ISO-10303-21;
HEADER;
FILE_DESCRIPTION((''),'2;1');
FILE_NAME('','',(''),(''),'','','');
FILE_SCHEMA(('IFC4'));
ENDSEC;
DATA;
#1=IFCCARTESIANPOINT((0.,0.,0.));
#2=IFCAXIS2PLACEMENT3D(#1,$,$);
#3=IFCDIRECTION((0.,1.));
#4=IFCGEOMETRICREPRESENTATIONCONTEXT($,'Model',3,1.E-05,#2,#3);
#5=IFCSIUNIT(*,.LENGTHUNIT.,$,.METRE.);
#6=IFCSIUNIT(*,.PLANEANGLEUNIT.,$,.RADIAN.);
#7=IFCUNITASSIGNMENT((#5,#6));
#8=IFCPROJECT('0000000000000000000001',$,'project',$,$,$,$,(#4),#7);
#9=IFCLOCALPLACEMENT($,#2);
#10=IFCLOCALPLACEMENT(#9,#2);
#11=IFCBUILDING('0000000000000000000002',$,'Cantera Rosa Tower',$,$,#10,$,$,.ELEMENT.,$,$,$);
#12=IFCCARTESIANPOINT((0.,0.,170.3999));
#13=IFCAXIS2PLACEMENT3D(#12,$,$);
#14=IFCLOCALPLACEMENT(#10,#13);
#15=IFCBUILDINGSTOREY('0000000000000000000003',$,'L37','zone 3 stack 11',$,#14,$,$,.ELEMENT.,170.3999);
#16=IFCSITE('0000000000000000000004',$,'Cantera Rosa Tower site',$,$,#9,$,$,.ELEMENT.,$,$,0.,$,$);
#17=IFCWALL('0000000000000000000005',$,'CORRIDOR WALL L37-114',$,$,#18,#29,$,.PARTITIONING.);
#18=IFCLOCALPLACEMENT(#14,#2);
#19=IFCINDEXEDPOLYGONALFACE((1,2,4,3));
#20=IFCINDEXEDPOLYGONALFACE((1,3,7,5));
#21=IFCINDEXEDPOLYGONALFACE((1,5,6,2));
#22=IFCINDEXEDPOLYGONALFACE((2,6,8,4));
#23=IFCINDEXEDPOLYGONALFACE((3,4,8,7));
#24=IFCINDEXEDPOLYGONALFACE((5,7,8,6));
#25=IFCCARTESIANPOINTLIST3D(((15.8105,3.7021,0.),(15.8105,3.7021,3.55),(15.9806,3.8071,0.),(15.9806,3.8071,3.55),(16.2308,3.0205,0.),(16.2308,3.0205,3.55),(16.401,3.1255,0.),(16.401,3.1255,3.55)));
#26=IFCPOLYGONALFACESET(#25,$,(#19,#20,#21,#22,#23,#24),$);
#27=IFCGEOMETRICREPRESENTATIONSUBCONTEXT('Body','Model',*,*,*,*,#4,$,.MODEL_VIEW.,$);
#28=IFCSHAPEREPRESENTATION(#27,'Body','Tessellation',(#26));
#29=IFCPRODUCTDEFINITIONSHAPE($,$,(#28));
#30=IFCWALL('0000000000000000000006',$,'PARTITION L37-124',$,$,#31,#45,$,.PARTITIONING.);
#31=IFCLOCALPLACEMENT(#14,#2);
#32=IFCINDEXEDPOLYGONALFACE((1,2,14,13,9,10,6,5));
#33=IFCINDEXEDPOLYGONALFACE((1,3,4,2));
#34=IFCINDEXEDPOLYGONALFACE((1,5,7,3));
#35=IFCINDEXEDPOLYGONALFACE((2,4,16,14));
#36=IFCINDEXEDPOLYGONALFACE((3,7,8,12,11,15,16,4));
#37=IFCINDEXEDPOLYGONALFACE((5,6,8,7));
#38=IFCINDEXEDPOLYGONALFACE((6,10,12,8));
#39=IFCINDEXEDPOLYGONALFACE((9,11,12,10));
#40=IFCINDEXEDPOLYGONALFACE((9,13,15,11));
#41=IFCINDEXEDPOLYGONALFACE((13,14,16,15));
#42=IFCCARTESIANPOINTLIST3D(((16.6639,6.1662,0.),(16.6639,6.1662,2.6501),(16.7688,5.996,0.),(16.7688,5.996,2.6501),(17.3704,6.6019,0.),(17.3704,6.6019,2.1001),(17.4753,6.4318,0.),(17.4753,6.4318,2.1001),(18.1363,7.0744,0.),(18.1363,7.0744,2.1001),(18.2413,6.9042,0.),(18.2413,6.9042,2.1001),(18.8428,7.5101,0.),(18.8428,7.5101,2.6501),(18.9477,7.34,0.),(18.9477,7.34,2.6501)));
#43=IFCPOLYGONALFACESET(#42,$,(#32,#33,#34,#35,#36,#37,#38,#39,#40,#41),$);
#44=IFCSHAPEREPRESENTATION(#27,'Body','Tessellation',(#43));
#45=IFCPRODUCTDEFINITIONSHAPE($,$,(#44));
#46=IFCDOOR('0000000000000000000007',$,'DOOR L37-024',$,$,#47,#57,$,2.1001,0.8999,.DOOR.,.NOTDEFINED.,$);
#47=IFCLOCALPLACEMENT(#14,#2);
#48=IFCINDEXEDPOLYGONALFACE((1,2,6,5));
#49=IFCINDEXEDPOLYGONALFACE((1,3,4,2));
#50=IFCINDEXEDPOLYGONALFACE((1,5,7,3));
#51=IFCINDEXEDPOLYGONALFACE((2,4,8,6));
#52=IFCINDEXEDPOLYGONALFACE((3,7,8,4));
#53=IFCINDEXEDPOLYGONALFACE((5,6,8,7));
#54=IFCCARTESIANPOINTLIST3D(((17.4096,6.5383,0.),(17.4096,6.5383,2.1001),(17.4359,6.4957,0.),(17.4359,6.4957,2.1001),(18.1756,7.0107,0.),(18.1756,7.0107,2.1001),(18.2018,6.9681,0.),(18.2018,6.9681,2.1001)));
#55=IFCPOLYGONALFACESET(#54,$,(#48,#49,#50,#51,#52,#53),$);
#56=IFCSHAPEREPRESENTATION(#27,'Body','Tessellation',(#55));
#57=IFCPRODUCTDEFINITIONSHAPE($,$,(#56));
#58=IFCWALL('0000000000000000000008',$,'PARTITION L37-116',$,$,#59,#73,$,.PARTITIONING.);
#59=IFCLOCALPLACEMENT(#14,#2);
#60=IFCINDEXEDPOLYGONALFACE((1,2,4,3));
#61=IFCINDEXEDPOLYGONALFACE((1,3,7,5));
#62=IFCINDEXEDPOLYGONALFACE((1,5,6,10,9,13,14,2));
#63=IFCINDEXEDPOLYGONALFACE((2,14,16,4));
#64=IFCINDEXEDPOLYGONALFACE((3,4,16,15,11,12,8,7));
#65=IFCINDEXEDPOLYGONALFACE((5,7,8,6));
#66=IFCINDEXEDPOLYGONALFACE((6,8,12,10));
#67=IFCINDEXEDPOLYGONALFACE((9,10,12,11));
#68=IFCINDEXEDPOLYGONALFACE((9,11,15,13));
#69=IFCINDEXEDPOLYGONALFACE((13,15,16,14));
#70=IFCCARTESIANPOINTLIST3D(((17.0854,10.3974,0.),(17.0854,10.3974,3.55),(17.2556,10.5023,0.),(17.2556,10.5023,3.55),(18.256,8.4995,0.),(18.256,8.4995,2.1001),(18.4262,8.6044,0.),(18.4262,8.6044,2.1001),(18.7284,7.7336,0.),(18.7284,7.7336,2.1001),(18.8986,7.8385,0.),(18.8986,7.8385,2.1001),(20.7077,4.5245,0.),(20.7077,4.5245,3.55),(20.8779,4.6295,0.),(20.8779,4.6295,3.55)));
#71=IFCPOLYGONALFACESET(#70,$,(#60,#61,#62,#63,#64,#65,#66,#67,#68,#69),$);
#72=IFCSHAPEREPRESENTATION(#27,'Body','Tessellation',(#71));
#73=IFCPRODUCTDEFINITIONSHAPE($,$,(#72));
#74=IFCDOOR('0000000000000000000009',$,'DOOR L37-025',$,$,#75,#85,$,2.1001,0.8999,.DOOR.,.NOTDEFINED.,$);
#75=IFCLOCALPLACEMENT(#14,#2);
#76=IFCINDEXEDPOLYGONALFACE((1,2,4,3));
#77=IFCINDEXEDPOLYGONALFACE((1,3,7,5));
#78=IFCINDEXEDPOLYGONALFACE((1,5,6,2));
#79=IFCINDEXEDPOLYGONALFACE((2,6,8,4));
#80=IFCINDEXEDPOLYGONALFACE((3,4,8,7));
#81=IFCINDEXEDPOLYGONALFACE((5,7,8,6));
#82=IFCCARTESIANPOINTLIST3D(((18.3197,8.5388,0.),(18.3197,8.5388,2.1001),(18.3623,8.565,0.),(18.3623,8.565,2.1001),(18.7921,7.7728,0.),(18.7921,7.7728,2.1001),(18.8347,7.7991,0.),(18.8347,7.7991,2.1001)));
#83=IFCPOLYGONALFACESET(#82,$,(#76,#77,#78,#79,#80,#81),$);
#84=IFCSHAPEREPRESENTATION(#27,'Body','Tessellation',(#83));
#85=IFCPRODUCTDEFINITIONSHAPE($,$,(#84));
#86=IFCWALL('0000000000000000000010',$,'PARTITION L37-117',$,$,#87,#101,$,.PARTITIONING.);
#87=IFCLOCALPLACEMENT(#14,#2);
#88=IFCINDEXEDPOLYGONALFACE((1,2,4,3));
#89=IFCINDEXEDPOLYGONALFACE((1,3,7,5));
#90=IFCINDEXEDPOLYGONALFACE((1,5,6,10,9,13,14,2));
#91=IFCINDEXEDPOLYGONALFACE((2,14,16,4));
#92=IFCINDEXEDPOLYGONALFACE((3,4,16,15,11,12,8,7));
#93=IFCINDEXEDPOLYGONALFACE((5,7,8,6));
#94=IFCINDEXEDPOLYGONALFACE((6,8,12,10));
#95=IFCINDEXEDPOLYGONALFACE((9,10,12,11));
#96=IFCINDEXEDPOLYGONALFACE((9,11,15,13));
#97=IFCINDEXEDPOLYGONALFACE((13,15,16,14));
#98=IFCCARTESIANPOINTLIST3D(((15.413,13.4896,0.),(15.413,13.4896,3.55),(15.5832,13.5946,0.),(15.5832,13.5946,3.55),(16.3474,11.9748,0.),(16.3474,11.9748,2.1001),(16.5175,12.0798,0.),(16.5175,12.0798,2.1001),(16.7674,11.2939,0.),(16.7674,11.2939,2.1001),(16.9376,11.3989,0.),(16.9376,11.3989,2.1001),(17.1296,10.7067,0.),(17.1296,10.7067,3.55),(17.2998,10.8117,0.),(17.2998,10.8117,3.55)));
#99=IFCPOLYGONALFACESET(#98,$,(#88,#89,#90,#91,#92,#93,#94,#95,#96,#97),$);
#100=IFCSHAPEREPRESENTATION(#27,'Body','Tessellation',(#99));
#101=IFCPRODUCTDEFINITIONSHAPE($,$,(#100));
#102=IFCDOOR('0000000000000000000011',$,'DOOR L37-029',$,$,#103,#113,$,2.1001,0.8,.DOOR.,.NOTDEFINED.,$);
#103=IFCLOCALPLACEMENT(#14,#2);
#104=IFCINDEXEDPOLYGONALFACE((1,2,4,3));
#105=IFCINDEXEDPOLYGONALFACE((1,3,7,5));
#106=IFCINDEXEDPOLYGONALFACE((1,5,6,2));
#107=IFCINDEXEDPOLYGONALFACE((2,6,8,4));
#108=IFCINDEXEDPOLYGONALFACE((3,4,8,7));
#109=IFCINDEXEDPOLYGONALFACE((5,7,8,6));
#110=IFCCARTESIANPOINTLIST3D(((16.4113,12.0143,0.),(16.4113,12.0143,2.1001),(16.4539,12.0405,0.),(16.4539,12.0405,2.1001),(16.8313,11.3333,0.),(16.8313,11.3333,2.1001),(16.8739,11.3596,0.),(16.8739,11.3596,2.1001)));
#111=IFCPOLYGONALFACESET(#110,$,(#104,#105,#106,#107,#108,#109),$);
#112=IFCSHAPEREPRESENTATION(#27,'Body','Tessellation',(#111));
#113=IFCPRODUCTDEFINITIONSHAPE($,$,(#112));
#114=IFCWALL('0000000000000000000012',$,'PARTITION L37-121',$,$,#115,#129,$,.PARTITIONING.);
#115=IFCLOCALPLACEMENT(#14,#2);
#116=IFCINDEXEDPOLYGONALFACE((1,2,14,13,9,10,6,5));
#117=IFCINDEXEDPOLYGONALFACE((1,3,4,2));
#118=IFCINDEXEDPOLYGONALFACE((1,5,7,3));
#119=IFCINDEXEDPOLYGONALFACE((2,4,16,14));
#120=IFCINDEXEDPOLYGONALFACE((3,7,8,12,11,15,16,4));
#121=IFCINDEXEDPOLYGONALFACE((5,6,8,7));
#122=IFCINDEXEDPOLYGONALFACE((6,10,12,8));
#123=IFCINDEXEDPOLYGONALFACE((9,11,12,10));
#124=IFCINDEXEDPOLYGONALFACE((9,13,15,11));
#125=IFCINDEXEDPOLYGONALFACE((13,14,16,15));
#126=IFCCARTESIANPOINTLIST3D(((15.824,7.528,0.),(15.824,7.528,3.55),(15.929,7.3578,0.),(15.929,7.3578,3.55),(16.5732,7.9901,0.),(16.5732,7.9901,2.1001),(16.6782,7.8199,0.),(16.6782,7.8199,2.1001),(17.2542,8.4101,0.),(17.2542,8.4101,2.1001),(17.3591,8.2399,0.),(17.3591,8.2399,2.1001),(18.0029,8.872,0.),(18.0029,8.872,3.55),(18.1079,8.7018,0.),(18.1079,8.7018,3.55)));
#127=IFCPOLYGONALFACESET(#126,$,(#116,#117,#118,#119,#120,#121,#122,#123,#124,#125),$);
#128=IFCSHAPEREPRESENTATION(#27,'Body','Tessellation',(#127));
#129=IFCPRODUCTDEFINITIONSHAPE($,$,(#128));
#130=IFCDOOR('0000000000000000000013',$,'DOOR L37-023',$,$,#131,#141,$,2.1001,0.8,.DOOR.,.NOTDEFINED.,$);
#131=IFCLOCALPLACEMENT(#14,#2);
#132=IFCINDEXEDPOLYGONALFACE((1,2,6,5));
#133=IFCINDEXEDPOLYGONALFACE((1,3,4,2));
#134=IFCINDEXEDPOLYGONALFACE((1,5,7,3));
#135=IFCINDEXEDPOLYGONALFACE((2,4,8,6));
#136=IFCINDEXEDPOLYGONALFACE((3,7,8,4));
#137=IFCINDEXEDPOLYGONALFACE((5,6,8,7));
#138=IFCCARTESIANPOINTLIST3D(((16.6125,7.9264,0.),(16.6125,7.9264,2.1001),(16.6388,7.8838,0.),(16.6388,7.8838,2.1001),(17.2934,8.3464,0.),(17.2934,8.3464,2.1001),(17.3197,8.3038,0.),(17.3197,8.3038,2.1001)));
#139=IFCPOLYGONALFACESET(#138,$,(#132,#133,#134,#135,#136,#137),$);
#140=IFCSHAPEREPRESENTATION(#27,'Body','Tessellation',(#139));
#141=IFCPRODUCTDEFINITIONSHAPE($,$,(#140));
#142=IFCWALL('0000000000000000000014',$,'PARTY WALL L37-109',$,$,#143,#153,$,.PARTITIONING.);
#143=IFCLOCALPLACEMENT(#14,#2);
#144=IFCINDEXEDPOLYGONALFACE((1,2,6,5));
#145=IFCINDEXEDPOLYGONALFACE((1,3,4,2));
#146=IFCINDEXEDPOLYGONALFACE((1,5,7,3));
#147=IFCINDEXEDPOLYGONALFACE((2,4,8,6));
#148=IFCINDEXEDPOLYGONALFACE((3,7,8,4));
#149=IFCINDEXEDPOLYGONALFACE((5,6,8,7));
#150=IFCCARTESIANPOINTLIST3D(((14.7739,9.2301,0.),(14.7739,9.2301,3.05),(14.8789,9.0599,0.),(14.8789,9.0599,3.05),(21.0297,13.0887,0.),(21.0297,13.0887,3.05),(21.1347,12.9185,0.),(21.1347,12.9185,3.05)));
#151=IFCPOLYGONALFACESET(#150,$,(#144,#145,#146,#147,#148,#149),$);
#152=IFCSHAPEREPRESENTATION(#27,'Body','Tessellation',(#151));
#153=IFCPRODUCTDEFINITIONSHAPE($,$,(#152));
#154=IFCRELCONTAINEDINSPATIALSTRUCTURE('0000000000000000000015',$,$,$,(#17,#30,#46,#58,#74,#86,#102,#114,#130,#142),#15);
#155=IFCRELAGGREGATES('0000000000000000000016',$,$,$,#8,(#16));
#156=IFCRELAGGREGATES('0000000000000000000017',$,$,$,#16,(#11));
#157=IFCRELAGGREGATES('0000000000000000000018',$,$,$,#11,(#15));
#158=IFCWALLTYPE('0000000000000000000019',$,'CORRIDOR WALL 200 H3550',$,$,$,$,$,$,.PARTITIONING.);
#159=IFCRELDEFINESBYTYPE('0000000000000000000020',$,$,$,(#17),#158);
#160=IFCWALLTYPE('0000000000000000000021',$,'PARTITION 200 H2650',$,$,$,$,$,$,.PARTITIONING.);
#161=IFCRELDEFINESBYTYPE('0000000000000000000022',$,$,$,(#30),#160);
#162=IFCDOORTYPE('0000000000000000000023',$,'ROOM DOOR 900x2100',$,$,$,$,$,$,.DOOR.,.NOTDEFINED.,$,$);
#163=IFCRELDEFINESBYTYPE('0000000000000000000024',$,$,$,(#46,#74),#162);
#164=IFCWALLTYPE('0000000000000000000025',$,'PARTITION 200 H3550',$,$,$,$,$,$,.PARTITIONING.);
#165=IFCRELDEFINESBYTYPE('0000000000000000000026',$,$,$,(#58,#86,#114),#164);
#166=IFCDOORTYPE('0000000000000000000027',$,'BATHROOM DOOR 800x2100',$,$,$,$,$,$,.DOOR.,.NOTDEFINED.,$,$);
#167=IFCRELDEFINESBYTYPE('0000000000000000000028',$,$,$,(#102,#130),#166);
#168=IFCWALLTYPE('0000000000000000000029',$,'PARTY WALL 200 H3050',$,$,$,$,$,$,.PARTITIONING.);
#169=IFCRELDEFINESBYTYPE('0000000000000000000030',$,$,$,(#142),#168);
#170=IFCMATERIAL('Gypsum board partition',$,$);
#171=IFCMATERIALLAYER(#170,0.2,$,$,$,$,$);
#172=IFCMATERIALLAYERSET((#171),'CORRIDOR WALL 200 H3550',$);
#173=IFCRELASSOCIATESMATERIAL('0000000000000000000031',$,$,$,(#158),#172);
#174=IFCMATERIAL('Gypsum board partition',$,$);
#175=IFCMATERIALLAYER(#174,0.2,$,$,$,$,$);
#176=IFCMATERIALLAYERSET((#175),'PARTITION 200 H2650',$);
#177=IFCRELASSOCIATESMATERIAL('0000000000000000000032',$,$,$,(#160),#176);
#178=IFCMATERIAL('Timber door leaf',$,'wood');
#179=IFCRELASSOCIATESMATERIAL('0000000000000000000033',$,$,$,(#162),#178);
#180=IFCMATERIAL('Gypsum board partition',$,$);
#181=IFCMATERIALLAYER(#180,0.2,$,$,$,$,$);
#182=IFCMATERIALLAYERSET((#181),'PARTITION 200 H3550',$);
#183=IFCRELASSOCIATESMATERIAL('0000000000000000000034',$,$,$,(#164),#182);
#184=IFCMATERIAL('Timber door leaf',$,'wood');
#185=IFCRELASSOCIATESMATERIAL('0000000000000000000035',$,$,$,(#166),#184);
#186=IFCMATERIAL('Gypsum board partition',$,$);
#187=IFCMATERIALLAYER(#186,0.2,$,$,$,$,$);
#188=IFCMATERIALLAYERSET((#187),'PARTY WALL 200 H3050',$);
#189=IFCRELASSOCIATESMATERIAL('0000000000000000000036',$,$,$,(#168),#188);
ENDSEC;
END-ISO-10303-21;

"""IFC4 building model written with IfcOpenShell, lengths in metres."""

from ifc_helpers import new_model, si_unit, direction, frame, frame_2d, origin, place, context, subcontext, project, spatial, rectangle, extrude, material, layer, layer_set, type_object, element, fill, save


model = new_model("IFC4")

# Units and contexts
model_context = context("Model", 3, precision=1e-05, world=origin(), true_north=direction((0.0, 1.0)))
body_context = subcontext(model_context, "Body", "Model", "MODEL_VIEW")
ifc_project = project(units=[si_unit("LENGTHUNIT", "METRE"), si_unit("PLANEANGLEUNIT", "RADIAN")], contexts=[model_context])

# Site, building, storey
site_placement = place(None, origin())
site = spatial("IfcSite", under=ifc_project, at=site_placement, Name="Cantera Rosa Tower site", CompositionType="ELEMENT", RefElevation=0.0)
building_placement = place(site_placement, origin())
building = spatial("IfcBuilding", under=site, at=building_placement, Name="Cantera Rosa Tower", CompositionType="ELEMENT")
storey_placement = place(building_placement, frame((0.0, 0.0, 170.3999)))
storey = spatial("IfcBuildingStorey", under=building, at=storey_placement, Name="L37", Description="zone 3 stack 11", CompositionType="ELEMENT", Elevation=170.3999)

# Wall
ifc_material_1 = material(Name="Gypsum board partition")
ifc_layer_1 = layer(ifc_material_1, 0.2)
ifc_layer_set_1 = layer_set([ifc_layer_1], Name="CORRIDOR WALL 200 H3550")
wall_type_1 = type_object("IfcWallType", Name="CORRIDOR WALL 200 H3550", PredefinedType="PARTITIONING", material=ifc_layer_set_1)
wall_1_placement = place(storey_placement, frame((16.3159, 3.073, 0.0), z_axis=(0.0, 0.0, 1.0), x_axis=(-0.524948, 0.851135, 0.0)))
element("IfcWall", 1, at=wall_1_placement, inside=storey, type_object=wall_type_1, Name="CORRIDOR WALL L37-114", PredefinedType="PARTITIONING", context=body_context, shape_type="SweptSolid", body=[
    extrude(rectangle(XDim=0.8008, YDim=0.2, at=frame_2d((0.4004, 0.0))), origin(), (0.0, 0.0, 1.0), 3.55),
])

# Walls, openings, doors
ifc_material_2 = material(Name="Gypsum board partition")
ifc_layer_2 = layer(ifc_material_2, 0.2)
ifc_layer_set_2 = layer_set([ifc_layer_2], Name="PARTITION 200 H2650")
wall_type_2 = type_object("IfcWallType", Name="PARTITION 200 H2650", PredefinedType="PARTITIONING", material=ifc_layer_set_2)
wall_2_placement = place(storey_placement, frame((18.8953, 7.425, 0.0), z_axis=(0.0, 0.0, 1.0), x_axis=(-0.851118, -0.524975, 0.0)))
wall_2 = element("IfcWall", 2, at=wall_2_placement, inside=storey, type_object=wall_type_2, Name="PARTITION L37-124", PredefinedType="PARTITIONING", context=body_context, shape_type="SweptSolid", body=[
    extrude(rectangle(XDim=2.5601, YDim=0.2, at=frame_2d((1.28, 0.0))), origin(), (0.0, 0.0, 1.0), 2.6501),
])
opening_1_placement = place(wall_2_placement, frame((0.8301, 0.0, 0.0)))
opening_1 = element("IfcOpeningElement", 3, at=opening_1_placement, cuts=wall_2, PredefinedType="OPENING", context=body_context, shape_type="SweptSolid", body=[
    extrude(rectangle(XDim=0.8999, YDim=2.1001, at=frame_2d((0.45, 1.05))), frame((0.0, 0.1099, 0.0), z_axis=(0.0, -1.0, 0.0), x_axis=(1.0, 0.0, 0.0)), (0.0, 0.0, 1.0), 0.22),
])
ifc_material_3 = material(Name="Timber door leaf", Category="wood")
door_type_1 = type_object("IfcDoorType", Name="ROOM DOOR 900x2100", OperationType="NOTDEFINED", PredefinedType="DOOR", material=ifc_material_3)
door_1_placement = place(opening_1_placement, origin())
door_1 = element("IfcDoor", 4, at=door_1_placement, inside=storey, type_object=door_type_1, Name="DOOR L37-024", OperationType="NOTDEFINED", OverallHeight=2.1001, OverallWidth=0.8999, PredefinedType="DOOR", context=body_context, shape_type="SweptSolid", body=[
    extrude(rectangle(XDim=0.8999, YDim=2.1001, at=frame_2d((0.45, 1.05))), frame((0.0, 0.0249, 0.0), z_axis=(0.0, -1.0, 0.0), x_axis=(1.0, 0.0, 0.0)), (0.0, 0.0, 1.0), 0.05),
])
fill(opening_1, door_1)
ifc_material_4 = material(Name="Gypsum board partition")
ifc_layer_3 = layer(ifc_material_4, 0.2)
ifc_layer_set_3 = layer_set([ifc_layer_3], Name="PARTITION 200 H3550")
wall_type_3 = type_object("IfcWallType", Name="PARTITION 200 H3550", PredefinedType="PARTITIONING", material=ifc_layer_set_3)
wall_3_placement = place(storey_placement, frame((17.1704, 10.45, 0.0), z_axis=(0.0, 0.0, 1.0), x_axis=(0.524968, -0.851122, 0.0)))
wall_3 = element("IfcWall", 5, at=wall_3_placement, inside=storey, type_object=wall_type_3, Name="PARTITION L37-116", PredefinedType="PARTITIONING", context=body_context, shape_type="SweptSolid", body=[
    extrude(rectangle(XDim=6.9001, YDim=0.2, at=frame_2d((3.4502, 0.0))), origin(), (0.0, 0.0, 1.0), 3.55),
])
opening_2_placement = place(wall_3_placement, frame((2.23, 0.0, 0.0)))
opening_2 = element("IfcOpeningElement", 6, at=opening_2_placement, cuts=wall_3, PredefinedType="OPENING", context=body_context, shape_type="SweptSolid", body=[
    extrude(rectangle(XDim=0.8999, YDim=2.1001, at=frame_2d((0.45, 1.05))), frame((0.0, 0.1099, 0.0), z_axis=(0.0, -1.0, 0.0), x_axis=(1.0, 0.0, 0.0)), (0.0, 0.0, 1.0), 0.22),
])
door_2_placement = place(opening_2_placement, origin())
door_2 = element("IfcDoor", 7, at=door_2_placement, inside=storey, type_object=door_type_1, Name="DOOR L37-025", OperationType="NOTDEFINED", OverallHeight=2.1001, OverallWidth=0.8999, PredefinedType="DOOR", context=body_context, shape_type="SweptSolid", body=[
    extrude(rectangle(XDim=0.8999, YDim=2.1001, at=frame_2d((0.45, 1.05))), frame((0.0, 0.0249, 0.0), z_axis=(0.0, -1.0, 0.0), x_axis=(1.0, 0.0, 0.0)), (0.0, 0.0, 1.0), 0.05),
])
fill(opening_2, door_2)
wall_4_placement = place(storey_placement, frame((17.2146, 10.7593, 0.0), z_axis=(0.0, 0.0, 1.0), x_axis=(-0.524976, 0.851117, 0.0)))
wall_4 = element("IfcWall", 8, at=wall_4_placement, inside=storey, type_object=wall_type_3, Name="PARTITION L37-117", PredefinedType="PARTITIONING", context=body_context, shape_type="SweptSolid", body=[
    extrude(rectangle(XDim=3.2698, YDim=0.2, at=frame_2d((1.6348, 0.0))), origin(), (0.0, 0.0, 1.0), 3.55),
])
opening_3_placement = place(wall_4_placement, frame((0.6899, 0.0, 0.0)))
opening_3 = element("IfcOpeningElement", 9, at=opening_3_placement, cuts=wall_4, PredefinedType="OPENING", context=body_context, shape_type="SweptSolid", body=[
    extrude(rectangle(XDim=0.8, YDim=2.1001, at=frame_2d((0.3999, 1.05))), frame((0.0, 0.1099, 0.0), z_axis=(0.0, -1.0, 0.0), x_axis=(1.0, 0.0, 0.0)), (0.0, 0.0, 1.0), 0.22),
])
ifc_material_5 = material(Name="Timber door leaf", Category="wood")
door_type_2 = type_object("IfcDoorType", Name="BATHROOM DOOR 800x2100", OperationType="NOTDEFINED", PredefinedType="DOOR", material=ifc_material_5)
door_3_placement = place(opening_3_placement, origin())
door_3 = element("IfcDoor", 10, at=door_3_placement, inside=storey, type_object=door_type_2, Name="DOOR L37-029", OperationType="NOTDEFINED", OverallHeight=2.1001, OverallWidth=0.8, PredefinedType="DOOR", context=body_context, shape_type="SweptSolid", body=[
    extrude(rectangle(XDim=0.8, YDim=2.1001, at=frame_2d((0.3999, 1.05))), frame((0.0, 0.0249, 0.0), z_axis=(0.0, -1.0, 0.0), x_axis=(1.0, 0.0, 0.0)), (0.0, 0.0, 1.0), 0.05),
])
fill(opening_3, door_3)
wall_5_placement = place(storey_placement, frame((18.0554, 8.7869, 0.0), z_axis=(0.0, 0.0, 1.0), x_axis=(-0.851118, -0.524975, 0.0)))
wall_5 = element("IfcWall", 11, at=wall_5_placement, inside=storey, type_object=wall_type_3, Name="PARTITION L37-121", PredefinedType="PARTITIONING", context=body_context, shape_type="SweptSolid", body=[
    extrude(rectangle(XDim=2.5601, YDim=0.2, at=frame_2d((1.28, 0.0))), origin(), (0.0, 0.0, 1.0), 3.55),
])
opening_4_placement = place(wall_5_placement, frame((0.8799, 0.0, 0.0)))
opening_4 = element("IfcOpeningElement", 12, at=opening_4_placement, cuts=wall_5, PredefinedType="OPENING", context=body_context, shape_type="SweptSolid", body=[
    extrude(rectangle(XDim=0.8, YDim=2.1001, at=frame_2d((0.3999, 1.05))), frame((0.0, 0.1099, 0.0), z_axis=(0.0, -1.0, 0.0), x_axis=(1.0, 0.0, 0.0)), (0.0, 0.0, 1.0), 0.22),
])
door_4_placement = place(opening_4_placement, origin())
door_4 = element("IfcDoor", 13, at=door_4_placement, inside=storey, type_object=door_type_2, Name="DOOR L37-023", OperationType="NOTDEFINED", OverallHeight=2.1001, OverallWidth=0.8, PredefinedType="DOOR", context=body_context, shape_type="SweptSolid", body=[
    extrude(rectangle(XDim=0.8, YDim=2.1001, at=frame_2d((0.3999, 1.05))), frame((0.0, 0.0249, 0.0), z_axis=(0.0, -1.0, 0.0), x_axis=(1.0, 0.0, 0.0)), (0.0, 0.0, 1.0), 0.05),
])
fill(opening_4, door_4)

# Wall
ifc_material_6 = material(Name="Gypsum board partition")
ifc_layer_4 = layer(ifc_material_6, 0.2)
ifc_layer_set_4 = layer_set([ifc_layer_4], Name="PARTY WALL 200 H3050")
wall_type_4 = type_object("IfcWallType", Name="PARTY WALL 200 H3050", PredefinedType="PARTITIONING", material=ifc_layer_set_4)
wall_6_placement = place(storey_placement, frame((14.8264, 9.145, 0.0), z_axis=(0.0, 0.0, 1.0), x_axis=(0.851118, 0.524974, 0.0)))
element("IfcWall", 14, at=wall_6_placement, inside=storey, type_object=wall_type_4, Name="PARTY WALL L37-109", PredefinedType="PARTITIONING", context=body_context, shape_type="SweptSolid", body=[
    extrude(rectangle(XDim=7.3501, YDim=0.2, at=frame_2d((3.675, 0.0))), origin(), (0.0, 0.0, 1.0), 3.05),
])

save(model, "model.ifc")
